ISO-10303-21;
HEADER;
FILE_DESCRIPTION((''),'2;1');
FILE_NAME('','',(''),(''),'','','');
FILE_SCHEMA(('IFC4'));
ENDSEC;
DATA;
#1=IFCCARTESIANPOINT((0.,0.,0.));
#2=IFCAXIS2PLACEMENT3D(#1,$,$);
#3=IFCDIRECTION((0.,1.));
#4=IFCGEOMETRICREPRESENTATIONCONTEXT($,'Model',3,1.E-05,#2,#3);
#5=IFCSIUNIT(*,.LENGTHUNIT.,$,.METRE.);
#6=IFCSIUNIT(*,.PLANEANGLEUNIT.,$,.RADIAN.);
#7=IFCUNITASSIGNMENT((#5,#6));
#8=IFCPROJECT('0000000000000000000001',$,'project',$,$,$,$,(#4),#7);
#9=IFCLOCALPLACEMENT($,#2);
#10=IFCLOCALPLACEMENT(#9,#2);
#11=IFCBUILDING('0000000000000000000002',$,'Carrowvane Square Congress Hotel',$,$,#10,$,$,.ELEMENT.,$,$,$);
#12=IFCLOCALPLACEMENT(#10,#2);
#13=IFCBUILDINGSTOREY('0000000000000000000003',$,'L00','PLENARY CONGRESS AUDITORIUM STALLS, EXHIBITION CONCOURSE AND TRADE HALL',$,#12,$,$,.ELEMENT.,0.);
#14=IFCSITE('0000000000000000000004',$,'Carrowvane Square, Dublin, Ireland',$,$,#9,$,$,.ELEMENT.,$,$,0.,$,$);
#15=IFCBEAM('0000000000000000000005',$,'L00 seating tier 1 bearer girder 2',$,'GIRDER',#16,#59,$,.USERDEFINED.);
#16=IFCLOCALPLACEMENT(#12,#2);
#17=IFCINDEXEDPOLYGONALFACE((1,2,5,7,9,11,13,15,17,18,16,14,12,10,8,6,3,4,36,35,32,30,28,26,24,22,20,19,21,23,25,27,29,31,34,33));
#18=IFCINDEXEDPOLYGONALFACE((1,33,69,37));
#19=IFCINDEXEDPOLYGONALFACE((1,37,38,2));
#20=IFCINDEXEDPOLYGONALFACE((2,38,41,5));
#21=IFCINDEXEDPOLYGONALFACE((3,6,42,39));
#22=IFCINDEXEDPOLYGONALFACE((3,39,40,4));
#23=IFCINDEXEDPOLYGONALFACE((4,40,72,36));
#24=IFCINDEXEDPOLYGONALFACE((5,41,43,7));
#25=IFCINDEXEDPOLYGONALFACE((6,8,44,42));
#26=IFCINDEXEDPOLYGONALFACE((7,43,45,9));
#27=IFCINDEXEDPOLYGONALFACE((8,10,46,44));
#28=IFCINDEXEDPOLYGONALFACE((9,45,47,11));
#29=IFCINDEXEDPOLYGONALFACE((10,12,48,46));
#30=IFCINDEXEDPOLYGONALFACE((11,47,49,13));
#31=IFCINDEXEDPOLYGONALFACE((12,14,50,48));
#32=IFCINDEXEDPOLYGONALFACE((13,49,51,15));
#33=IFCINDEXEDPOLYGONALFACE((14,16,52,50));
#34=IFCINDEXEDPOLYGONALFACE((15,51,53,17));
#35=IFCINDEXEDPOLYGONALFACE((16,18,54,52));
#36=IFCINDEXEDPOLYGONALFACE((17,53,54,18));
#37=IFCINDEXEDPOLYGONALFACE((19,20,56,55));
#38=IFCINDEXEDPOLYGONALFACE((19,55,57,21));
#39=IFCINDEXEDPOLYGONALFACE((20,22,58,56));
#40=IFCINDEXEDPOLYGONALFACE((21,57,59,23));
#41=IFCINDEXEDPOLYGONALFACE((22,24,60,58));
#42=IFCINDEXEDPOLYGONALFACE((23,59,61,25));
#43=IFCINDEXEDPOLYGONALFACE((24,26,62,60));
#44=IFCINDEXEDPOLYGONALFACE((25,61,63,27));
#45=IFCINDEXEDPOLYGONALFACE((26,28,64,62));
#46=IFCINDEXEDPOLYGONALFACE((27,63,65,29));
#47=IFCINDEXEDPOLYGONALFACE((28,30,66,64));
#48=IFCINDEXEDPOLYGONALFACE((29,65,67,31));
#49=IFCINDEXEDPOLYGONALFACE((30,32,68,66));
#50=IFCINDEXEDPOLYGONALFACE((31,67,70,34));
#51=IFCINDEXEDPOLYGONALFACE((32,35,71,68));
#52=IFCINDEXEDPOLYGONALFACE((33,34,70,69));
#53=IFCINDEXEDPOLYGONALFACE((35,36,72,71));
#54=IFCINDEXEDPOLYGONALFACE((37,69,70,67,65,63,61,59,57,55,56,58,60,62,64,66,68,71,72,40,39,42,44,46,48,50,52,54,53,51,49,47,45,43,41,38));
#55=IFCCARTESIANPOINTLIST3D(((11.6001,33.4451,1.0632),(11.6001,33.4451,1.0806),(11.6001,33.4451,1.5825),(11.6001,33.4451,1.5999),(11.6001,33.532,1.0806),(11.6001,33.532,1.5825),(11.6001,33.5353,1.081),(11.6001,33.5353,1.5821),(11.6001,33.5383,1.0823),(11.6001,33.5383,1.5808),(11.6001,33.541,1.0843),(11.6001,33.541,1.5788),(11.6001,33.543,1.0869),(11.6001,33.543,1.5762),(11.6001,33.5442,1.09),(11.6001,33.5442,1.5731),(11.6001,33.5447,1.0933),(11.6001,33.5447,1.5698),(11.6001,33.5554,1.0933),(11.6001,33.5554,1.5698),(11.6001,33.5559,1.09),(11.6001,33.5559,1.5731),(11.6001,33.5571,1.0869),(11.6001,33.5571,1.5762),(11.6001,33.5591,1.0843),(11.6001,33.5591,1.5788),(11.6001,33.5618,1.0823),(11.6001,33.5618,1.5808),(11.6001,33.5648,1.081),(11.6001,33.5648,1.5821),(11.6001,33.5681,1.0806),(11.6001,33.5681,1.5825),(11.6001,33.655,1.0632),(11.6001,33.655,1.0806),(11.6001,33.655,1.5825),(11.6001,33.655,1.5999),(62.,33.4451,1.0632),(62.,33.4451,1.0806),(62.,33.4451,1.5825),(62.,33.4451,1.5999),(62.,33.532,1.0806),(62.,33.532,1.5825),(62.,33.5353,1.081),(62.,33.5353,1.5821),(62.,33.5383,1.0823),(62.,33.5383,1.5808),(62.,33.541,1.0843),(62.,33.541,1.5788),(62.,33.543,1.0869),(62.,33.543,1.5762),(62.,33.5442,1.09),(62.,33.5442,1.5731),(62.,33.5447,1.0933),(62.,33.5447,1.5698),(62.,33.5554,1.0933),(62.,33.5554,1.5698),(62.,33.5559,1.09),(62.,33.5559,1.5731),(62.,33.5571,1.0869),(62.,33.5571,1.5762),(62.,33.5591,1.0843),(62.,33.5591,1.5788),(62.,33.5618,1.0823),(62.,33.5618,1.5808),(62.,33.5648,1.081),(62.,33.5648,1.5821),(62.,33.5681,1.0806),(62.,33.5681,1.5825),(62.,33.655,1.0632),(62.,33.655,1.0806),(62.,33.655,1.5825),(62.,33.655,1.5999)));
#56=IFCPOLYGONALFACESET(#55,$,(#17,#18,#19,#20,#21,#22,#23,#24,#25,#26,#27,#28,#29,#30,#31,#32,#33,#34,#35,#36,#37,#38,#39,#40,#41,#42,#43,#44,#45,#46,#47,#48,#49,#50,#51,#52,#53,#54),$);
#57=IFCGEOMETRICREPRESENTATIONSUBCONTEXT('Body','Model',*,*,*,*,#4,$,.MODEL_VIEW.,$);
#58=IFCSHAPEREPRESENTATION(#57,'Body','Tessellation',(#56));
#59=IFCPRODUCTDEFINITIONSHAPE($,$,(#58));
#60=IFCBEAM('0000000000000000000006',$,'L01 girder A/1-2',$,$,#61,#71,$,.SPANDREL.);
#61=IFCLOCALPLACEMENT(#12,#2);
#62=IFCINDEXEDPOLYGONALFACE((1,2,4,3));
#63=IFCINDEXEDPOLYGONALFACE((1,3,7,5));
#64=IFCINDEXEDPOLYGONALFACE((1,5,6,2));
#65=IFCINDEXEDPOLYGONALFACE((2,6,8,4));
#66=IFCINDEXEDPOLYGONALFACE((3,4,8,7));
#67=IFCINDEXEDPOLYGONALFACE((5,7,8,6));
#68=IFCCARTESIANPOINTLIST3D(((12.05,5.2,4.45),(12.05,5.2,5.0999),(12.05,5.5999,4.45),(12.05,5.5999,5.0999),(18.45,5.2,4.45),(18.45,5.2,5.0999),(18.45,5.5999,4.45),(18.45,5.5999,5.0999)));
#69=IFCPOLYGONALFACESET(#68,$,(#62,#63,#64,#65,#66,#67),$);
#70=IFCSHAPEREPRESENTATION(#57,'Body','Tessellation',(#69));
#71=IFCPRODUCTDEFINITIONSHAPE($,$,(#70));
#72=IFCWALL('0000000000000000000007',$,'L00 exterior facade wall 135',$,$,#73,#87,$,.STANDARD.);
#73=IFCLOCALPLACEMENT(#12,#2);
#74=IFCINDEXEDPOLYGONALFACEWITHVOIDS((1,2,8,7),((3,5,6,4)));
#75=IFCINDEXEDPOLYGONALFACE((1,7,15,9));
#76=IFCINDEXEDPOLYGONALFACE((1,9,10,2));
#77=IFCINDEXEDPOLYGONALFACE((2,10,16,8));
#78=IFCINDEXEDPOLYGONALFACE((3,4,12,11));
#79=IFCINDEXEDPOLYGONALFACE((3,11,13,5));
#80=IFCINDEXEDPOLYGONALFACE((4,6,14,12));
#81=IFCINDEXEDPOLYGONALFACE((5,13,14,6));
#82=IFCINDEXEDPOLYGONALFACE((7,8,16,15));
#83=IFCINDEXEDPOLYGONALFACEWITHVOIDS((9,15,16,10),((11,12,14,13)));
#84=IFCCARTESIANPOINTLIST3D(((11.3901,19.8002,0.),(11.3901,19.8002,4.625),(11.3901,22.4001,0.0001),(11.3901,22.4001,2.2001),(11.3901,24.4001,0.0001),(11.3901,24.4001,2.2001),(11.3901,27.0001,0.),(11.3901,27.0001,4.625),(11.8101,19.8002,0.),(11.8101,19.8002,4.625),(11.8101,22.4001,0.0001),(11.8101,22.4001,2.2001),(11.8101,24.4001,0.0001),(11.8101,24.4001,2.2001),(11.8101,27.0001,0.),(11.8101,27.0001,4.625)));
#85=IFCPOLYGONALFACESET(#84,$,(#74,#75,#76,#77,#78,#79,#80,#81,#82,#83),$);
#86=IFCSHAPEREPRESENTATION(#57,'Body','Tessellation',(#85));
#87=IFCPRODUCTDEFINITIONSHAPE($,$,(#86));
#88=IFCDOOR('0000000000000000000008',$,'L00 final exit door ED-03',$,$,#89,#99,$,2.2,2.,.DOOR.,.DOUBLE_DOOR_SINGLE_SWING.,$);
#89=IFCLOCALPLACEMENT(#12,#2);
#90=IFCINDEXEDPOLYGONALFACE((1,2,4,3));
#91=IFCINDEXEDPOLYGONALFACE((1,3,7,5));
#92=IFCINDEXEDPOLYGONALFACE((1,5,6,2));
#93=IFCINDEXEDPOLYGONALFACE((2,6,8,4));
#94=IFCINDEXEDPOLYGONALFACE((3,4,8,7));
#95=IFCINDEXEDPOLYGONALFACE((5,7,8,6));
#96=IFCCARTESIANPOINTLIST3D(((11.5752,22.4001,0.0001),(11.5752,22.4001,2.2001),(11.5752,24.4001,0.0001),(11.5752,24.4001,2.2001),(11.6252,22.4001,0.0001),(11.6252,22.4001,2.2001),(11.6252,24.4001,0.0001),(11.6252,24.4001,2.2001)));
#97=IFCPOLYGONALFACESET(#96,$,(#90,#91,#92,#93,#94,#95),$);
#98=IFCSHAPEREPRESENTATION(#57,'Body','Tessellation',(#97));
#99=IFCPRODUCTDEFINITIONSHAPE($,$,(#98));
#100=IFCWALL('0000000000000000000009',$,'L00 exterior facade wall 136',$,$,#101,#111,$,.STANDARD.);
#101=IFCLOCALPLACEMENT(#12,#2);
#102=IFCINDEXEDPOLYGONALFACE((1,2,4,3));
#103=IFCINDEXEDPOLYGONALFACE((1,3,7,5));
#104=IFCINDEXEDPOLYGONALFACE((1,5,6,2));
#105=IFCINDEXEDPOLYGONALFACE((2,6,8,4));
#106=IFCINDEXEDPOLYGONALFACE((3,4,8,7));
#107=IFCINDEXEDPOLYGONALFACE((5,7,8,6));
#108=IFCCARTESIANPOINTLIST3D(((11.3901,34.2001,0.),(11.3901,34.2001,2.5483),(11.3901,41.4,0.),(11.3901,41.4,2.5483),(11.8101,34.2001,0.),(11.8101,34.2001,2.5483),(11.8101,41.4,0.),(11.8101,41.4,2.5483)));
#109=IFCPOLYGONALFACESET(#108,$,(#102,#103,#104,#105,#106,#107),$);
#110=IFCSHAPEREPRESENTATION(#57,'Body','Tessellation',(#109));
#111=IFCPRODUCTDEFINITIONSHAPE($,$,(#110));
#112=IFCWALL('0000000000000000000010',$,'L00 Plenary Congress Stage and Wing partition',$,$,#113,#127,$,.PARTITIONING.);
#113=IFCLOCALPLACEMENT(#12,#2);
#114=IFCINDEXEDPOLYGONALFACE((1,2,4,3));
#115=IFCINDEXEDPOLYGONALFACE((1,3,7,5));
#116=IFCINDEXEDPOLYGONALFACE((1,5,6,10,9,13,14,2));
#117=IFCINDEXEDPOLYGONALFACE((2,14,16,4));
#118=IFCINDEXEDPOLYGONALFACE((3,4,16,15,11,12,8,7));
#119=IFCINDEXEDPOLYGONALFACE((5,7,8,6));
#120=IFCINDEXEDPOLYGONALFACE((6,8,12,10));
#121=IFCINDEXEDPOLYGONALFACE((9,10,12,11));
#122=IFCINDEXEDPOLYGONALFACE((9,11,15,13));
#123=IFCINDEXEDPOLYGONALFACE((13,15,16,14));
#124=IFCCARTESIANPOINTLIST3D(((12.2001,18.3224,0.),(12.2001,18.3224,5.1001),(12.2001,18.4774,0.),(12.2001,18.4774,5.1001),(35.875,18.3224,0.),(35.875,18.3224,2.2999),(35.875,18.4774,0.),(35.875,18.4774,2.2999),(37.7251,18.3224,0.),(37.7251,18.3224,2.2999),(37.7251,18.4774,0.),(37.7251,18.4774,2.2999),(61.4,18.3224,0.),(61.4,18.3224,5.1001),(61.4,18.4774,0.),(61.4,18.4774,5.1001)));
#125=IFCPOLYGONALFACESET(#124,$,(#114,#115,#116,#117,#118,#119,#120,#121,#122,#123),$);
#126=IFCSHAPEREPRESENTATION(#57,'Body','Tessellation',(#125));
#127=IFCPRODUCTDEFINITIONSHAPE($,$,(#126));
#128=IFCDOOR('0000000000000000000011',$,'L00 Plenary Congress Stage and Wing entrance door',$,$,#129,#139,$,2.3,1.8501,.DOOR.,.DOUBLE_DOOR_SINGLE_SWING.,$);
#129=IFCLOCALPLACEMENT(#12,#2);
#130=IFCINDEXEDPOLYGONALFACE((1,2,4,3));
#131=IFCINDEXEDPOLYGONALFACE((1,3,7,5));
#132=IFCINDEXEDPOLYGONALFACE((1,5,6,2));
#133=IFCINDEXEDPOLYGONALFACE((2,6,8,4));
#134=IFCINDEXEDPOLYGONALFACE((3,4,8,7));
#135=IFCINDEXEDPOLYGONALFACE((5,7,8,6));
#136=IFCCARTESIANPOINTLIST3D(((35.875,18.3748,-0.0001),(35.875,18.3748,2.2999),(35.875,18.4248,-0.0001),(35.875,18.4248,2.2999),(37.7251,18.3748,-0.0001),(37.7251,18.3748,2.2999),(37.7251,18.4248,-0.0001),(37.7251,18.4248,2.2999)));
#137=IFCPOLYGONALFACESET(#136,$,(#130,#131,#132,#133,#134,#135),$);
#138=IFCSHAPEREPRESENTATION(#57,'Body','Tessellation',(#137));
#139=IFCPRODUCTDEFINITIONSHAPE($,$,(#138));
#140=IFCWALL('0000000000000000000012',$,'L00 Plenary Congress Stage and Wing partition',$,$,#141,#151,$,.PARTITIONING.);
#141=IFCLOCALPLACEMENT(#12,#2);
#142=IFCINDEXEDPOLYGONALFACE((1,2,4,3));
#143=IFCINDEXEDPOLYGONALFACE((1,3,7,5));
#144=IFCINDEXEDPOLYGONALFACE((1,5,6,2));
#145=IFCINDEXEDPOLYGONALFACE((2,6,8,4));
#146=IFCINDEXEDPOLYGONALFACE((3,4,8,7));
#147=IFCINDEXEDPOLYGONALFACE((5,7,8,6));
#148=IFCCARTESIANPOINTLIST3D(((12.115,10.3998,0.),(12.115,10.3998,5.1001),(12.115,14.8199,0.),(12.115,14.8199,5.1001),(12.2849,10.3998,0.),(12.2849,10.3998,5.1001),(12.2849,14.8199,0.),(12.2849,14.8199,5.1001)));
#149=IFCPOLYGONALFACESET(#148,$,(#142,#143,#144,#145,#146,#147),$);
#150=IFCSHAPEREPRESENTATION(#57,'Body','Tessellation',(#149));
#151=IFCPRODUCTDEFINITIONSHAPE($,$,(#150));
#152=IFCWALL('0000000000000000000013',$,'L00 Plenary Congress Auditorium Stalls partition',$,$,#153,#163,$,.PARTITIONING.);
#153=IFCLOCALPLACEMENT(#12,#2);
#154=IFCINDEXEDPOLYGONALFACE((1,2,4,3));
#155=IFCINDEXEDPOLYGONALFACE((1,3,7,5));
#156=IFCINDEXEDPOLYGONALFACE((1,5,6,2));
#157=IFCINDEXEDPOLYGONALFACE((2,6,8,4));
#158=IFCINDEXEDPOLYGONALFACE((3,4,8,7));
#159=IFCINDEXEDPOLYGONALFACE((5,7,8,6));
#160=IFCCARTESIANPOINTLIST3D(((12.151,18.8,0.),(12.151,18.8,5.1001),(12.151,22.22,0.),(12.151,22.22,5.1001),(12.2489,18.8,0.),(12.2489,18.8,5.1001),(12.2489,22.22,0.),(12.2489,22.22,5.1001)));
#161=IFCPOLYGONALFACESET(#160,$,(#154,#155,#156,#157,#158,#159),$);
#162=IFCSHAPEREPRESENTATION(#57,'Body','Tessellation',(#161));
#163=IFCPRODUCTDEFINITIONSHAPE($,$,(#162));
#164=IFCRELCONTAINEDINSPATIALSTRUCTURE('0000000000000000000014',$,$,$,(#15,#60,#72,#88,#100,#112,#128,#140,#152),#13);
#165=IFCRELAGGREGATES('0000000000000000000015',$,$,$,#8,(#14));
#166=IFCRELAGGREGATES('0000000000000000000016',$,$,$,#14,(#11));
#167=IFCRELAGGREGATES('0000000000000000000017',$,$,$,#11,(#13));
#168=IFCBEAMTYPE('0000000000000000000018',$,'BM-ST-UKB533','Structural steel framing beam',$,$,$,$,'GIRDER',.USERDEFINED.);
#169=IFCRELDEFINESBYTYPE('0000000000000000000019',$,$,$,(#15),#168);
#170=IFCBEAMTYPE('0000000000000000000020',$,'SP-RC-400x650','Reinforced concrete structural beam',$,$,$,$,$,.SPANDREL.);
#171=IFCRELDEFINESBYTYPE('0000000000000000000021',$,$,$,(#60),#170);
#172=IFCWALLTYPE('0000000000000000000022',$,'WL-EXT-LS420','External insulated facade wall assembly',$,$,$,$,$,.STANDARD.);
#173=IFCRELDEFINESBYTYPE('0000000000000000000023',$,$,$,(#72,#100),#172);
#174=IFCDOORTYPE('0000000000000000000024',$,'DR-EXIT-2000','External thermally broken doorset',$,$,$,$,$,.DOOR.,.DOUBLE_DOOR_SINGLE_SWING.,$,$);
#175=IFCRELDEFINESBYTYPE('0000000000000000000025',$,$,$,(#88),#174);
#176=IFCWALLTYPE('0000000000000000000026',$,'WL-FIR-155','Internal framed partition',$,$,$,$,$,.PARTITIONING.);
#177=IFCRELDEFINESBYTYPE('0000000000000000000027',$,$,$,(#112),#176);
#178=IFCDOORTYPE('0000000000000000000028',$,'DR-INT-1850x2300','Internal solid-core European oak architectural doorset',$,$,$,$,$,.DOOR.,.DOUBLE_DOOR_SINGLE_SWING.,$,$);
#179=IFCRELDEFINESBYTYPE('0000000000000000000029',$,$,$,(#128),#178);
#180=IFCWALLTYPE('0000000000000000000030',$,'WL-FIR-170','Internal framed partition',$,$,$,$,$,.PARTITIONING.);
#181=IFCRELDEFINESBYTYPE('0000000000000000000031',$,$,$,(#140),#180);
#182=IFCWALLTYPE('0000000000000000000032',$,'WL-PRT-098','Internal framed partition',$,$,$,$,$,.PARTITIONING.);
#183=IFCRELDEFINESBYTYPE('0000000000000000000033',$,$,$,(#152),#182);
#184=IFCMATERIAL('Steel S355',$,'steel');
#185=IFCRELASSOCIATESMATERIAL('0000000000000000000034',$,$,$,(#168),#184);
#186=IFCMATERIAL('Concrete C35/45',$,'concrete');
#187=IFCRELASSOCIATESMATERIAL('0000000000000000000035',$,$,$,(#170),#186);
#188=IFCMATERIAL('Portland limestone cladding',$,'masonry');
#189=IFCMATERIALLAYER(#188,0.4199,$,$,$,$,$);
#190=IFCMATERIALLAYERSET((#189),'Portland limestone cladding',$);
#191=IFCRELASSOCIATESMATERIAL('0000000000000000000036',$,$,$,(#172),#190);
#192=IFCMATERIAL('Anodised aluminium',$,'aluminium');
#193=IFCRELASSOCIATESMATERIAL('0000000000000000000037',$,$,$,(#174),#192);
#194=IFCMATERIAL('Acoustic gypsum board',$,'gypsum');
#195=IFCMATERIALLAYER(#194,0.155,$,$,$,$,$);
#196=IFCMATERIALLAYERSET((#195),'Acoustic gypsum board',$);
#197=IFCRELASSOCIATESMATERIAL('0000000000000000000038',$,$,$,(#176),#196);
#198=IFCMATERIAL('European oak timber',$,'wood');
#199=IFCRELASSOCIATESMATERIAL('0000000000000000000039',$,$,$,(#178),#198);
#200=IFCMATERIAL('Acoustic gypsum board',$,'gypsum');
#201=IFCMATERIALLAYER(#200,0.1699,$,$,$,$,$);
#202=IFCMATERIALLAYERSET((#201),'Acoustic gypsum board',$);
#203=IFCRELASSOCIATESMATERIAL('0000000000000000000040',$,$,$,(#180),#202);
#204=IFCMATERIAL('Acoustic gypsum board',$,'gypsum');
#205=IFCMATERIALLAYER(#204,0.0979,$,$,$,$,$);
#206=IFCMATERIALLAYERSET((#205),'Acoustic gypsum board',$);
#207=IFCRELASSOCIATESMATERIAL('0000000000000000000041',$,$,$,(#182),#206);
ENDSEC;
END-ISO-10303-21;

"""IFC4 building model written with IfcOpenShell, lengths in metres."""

from ifc_helpers import new_model, si_unit, direction, frame, frame_2d, origin, origin_2d, place, context, subcontext, project, spatial, rectangle, i_section, extrude, material, layer, layer_set, material_profile, profile_set, type_object, element, fill, save


model = new_model("IFC4")

# Units and contexts
model_context = context("Model", 3, precision=1e-05, world=origin(), true_north=direction((0.0, 1.0)))
body_context = subcontext(model_context, "Body", "Model", "MODEL_VIEW")
ifc_project = project(units=[si_unit("LENGTHUNIT", "METRE"), si_unit("PLANEANGLEUNIT", "RADIAN")], contexts=[model_context])

# Site, building, storey
site_placement = place(None, origin())
site = spatial("IfcSite", under=ifc_project, at=site_placement, Name="Carrowvane Square, Dublin, Ireland", CompositionType="ELEMENT", RefElevation=0.0)
building_placement = place(site_placement, origin())
building = spatial("IfcBuilding", under=site, at=building_placement, Name="Carrowvane Square Congress Hotel", CompositionType="ELEMENT")
storey_placement = place(building_placement, origin())
storey = spatial("IfcBuildingStorey", under=building, at=storey_placement, Name="L00", Description="PLENARY CONGRESS AUDITORIUM STALLS, EXHIBITION CONCOURSE AND TRADE HALL", CompositionType="ELEMENT", Elevation=0.0)

# Beams
ifc_material_1 = material(Name="Steel S355", Category="steel")
ifc_material_profile_1 = material_profile(ifc_material_1, i_section(OverallWidth=0.21, OverallDepth=0.5366, WebThickness=0.0107, FlangeThickness=0.0173, FilletRadius=0.0127, at=origin_2d()), Name="UKB 533x210x101")
ifc_profile_set_1 = profile_set([ifc_material_profile_1], Name="Steel S355")
beam_type_1 = type_object("IfcBeamType", Name="BM-ST-UKB533", Description="Structural steel framing beam", ElementType="GIRDER", PredefinedType="USERDEFINED", material=ifc_profile_set_1)
for number, where, z_axis, x_axis, name in (
    (1, (11.6001, 33.55, 1.3315), (1.0, 0.0, 0.0), (0.0, 1.0, 0.0), "L00 seating tier 1 bearer girder 2"),
):
    element("IfcBeam", number, at=place(storey_placement, frame(where, z_axis=z_axis, x_axis=x_axis)), inside=storey, type_object=beam_type_1, Name=name, ObjectType="GIRDER", PredefinedType="USERDEFINED", context=body_context, shape_type="SweptSolid", body=[
        extrude(i_section(OverallWidth=0.21, OverallDepth=0.5366, WebThickness=0.0107, FlangeThickness=0.0173, FilletRadius=0.0127, at=origin_2d()), origin(), (0.0, 0.0, 1.0), 50.3999),
    ])
ifc_material_2 = material(Name="Concrete C35/45", Category="concrete")
ifc_material_profile_2 = material_profile(ifc_material_2, rectangle(XDim=0.3999, YDim=0.6499, at=origin_2d()), Name="RC 400x650")
ifc_profile_set_2 = profile_set([ifc_material_profile_2], Name="Concrete C35/45")
beam_type_2 = type_object("IfcBeamType", Name="SP-RC-400x650", Description="Reinforced concrete structural beam", PredefinedType="SPANDREL", material=ifc_profile_set_2)
beam_1_placement = place(storey_placement, frame((12.05, 5.3999, 4.7749), z_axis=(1.0, 0.0, 0.0), x_axis=(0.0, 1.0, 0.0)))
element("IfcBeam", 2, at=beam_1_placement, inside=storey, type_object=beam_type_2, Name="L01 girder A/1-2", PredefinedType="SPANDREL", context=body_context, shape_type="SweptSolid", body=[
    extrude(rectangle(XDim=0.3999, YDim=0.6499, at=origin_2d()), origin(), (0.0, 0.0, 1.0), 6.3999),
])

# Wall, opening, door
ifc_material_3 = material(Name="Portland limestone cladding", Category="masonry")
ifc_layer_1 = layer(ifc_material_3, 0.4199)
ifc_layer_set_1 = layer_set([ifc_layer_1], Name="Portland limestone cladding")
wall_type_1 = type_object("IfcWallType", Name="WL-EXT-LS420", Description="External insulated facade wall assembly", PredefinedType="STANDARD", material=ifc_layer_set_1)
wall_1_placement = place(storey_placement, frame((11.6001, 19.8, 0.0), z_axis=(0.0, 0.0, 1.0), x_axis=(0.0, 1.0, 0.0)))
wall_1 = element("IfcWall", 3, at=wall_1_placement, inside=storey, type_object=wall_type_1, Name="L00 exterior facade wall 135", PredefinedType="STANDARD", context=body_context, shape_type="SweptSolid", body=[
    extrude(rectangle(XDim=7.2, YDim=0.4199, at=frame_2d((3.6001, 0.0))), origin(), (0.0, 0.0, 1.0), 4.625),
])
opening_1_placement = place(wall_1_placement, frame((2.6001, 0.0, 0.0)))
opening_1 = element("IfcOpeningElement", 4, at=opening_1_placement, cuts=wall_1, PredefinedType="OPENING", context=body_context, shape_type="SweptSolid", body=[
    extrude(rectangle(XDim=2.0, YDim=2.2, at=frame_2d((1.0, 1.1001))), frame((0.0, 0.22, 0.0), z_axis=(0.0, -1.0, 0.0), x_axis=(1.0, 0.0, 0.0)), (0.0, 0.0, 1.0), 0.4399),
])
ifc_material_4 = material(Name="Anodised aluminium", Category="aluminium")
door_type_1 = type_object("IfcDoorType", Name="DR-EXIT-2000", Description="External thermally broken doorset", OperationType="DOUBLE_DOOR_SINGLE_SWING", PredefinedType="DOOR", material=ifc_material_4)
door_1_placement = place(opening_1_placement, origin())
door_1 = element("IfcDoor", 5, at=door_1_placement, inside=storey, type_object=door_type_1, Name="L00 final exit door ED-03", OperationType="DOUBLE_DOOR_SINGLE_SWING", OverallHeight=2.2, OverallWidth=2.0, PredefinedType="DOOR", context=body_context, shape_type="SweptSolid", body=[
    extrude(rectangle(XDim=2.0, YDim=2.2, at=frame_2d((1.0, 1.1001))), frame((0.0, 0.0249, 0.0), z_axis=(0.0, -1.0, 0.0), x_axis=(1.0, 0.0, 0.0)), (0.0, 0.0, 1.0), 0.05),
])
fill(opening_1, door_1)

# Wall
wall_2_placement = place(storey_placement, frame((11.6001, 34.2, 0.0), z_axis=(0.0, 0.0, 1.0), x_axis=(0.0, 1.0, 0.0)))
element("IfcWall", 6, at=wall_2_placement, inside=storey, type_object=wall_type_1, Name="L00 exterior facade wall 136", PredefinedType="STANDARD", context=body_context, shape_type="SweptSolid", body=[
    extrude(rectangle(XDim=7.2, YDim=0.4199, at=frame_2d((3.6001, 0.0))), origin(), (0.0, 0.0, 1.0), 2.5483),
])

# Wall, opening, door
ifc_material_5 = material(Name="Acoustic gypsum board", Category="gypsum")
ifc_layer_2 = layer(ifc_material_5, 0.155)
ifc_layer_set_2 = layer_set([ifc_layer_2], Name="Acoustic gypsum board")
wall_type_2 = type_object("IfcWallType", Name="WL-FIR-155", Description="Internal framed partition", PredefinedType="PARTITIONING", material=ifc_layer_set_2)
wall_3_placement = place(storey_placement, frame((12.2, 18.3999, 0.0), z_axis=(0.0, 0.0, 1.0), x_axis=(1.0, 0.0, 0.0)))
wall_3 = element("IfcWall", 7, at=wall_3_placement, inside=storey, type_object=wall_type_2, Name="L00 Plenary Congress Stage and Wing partition", PredefinedType="PARTITIONING", context=body_context, shape_type="SweptSolid", body=[
    extrude(rectangle(XDim=49.2, YDim=0.155, at=frame_2d((24.6001, 0.0))), origin(), (0.0, 0.0, 1.0), 5.1001),
])
opening_2_placement = place(wall_3_placement, frame((23.675, 0.0, 0.0)))
opening_2 = element("IfcOpeningElement", 8, at=opening_2_placement, cuts=wall_3, PredefinedType="OPENING", context=body_context, shape_type="SweptSolid", body=[
    extrude(rectangle(XDim=1.8501, YDim=2.3, at=frame_2d((0.925, 1.1499))), frame((0.0, 0.0874, 0.0), z_axis=(0.0, -1.0, 0.0), x_axis=(1.0, 0.0, 0.0)), (0.0, 0.0, 1.0), 0.175),
])
ifc_material_6 = material(Name="European oak timber", Category="wood")
door_type_2 = type_object("IfcDoorType", Name="DR-INT-1850x2300", Description="Internal solid-core European oak architectural doorset", OperationType="DOUBLE_DOOR_SINGLE_SWING", PredefinedType="DOOR", material=ifc_material_6)
door_2_placement = place(opening_2_placement, origin())
door_2 = element("IfcDoor", 9, at=door_2_placement, inside=storey, type_object=door_type_2, Name="L00 Plenary Congress Stage and Wing entrance door", OperationType="DOUBLE_DOOR_SINGLE_SWING", OverallHeight=2.3, OverallWidth=1.8501, PredefinedType="DOOR", context=body_context, shape_type="SweptSolid", body=[
    extrude(rectangle(XDim=1.8501, YDim=2.3, at=frame_2d((0.925, 1.1499))), frame((0.0, 0.0249, 0.0), z_axis=(0.0, -1.0, 0.0), x_axis=(1.0, 0.0, 0.0)), (0.0, 0.0, 1.0), 0.05),
])
fill(opening_2, door_2)

# Walls
ifc_material_7 = material(Name="Acoustic gypsum board", Category="gypsum")
ifc_layer_3 = layer(ifc_material_7, 0.1699)
ifc_layer_set_3 = layer_set([ifc_layer_3], Name="Acoustic gypsum board")
wall_type_3 = type_object("IfcWallType", Name="WL-FIR-170", Description="Internal framed partition", PredefinedType="PARTITIONING", material=ifc_layer_set_3)
wall_4_placement = place(storey_placement, frame((12.2, 10.3999, 0.0), z_axis=(0.0, 0.0, 1.0), x_axis=(0.0, 1.0, 0.0)))
element("IfcWall", 10, at=wall_4_placement, inside=storey, type_object=wall_type_3, Name="L00 Plenary Congress Stage and Wing partition", PredefinedType="PARTITIONING", context=body_context, shape_type="SweptSolid", body=[
    extrude(rectangle(XDim=4.4202, YDim=0.1699, at=frame_2d((2.21, 0.0))), origin(), (0.0, 0.0, 1.0), 5.1001),
])
ifc_material_8 = material(Name="Acoustic gypsum board", Category="gypsum")
ifc_layer_4 = layer(ifc_material_8, 0.0979)
ifc_layer_set_4 = layer_set([ifc_layer_4], Name="Acoustic gypsum board")
wall_type_4 = type_object("IfcWallType", Name="WL-PRT-098", Description="Internal framed partition", PredefinedType="PARTITIONING", material=ifc_layer_set_4)
wall_5_placement = place(storey_placement, frame((12.2, 18.8, 0.0), z_axis=(0.0, 0.0, 1.0), x_axis=(0.0, 1.0, 0.0)))
element("IfcWall", 11, at=wall_5_placement, inside=storey, type_object=wall_type_4, Name="L00 Plenary Congress Auditorium Stalls partition", PredefinedType="PARTITIONING", context=body_context, shape_type="SweptSolid", body=[
    extrude(rectangle(XDim=3.4199, YDim=0.0979, at=frame_2d((1.71, 0.0))), origin(), (0.0, 0.0, 1.0), 5.1001),
])

save(model, "model.ifc")
